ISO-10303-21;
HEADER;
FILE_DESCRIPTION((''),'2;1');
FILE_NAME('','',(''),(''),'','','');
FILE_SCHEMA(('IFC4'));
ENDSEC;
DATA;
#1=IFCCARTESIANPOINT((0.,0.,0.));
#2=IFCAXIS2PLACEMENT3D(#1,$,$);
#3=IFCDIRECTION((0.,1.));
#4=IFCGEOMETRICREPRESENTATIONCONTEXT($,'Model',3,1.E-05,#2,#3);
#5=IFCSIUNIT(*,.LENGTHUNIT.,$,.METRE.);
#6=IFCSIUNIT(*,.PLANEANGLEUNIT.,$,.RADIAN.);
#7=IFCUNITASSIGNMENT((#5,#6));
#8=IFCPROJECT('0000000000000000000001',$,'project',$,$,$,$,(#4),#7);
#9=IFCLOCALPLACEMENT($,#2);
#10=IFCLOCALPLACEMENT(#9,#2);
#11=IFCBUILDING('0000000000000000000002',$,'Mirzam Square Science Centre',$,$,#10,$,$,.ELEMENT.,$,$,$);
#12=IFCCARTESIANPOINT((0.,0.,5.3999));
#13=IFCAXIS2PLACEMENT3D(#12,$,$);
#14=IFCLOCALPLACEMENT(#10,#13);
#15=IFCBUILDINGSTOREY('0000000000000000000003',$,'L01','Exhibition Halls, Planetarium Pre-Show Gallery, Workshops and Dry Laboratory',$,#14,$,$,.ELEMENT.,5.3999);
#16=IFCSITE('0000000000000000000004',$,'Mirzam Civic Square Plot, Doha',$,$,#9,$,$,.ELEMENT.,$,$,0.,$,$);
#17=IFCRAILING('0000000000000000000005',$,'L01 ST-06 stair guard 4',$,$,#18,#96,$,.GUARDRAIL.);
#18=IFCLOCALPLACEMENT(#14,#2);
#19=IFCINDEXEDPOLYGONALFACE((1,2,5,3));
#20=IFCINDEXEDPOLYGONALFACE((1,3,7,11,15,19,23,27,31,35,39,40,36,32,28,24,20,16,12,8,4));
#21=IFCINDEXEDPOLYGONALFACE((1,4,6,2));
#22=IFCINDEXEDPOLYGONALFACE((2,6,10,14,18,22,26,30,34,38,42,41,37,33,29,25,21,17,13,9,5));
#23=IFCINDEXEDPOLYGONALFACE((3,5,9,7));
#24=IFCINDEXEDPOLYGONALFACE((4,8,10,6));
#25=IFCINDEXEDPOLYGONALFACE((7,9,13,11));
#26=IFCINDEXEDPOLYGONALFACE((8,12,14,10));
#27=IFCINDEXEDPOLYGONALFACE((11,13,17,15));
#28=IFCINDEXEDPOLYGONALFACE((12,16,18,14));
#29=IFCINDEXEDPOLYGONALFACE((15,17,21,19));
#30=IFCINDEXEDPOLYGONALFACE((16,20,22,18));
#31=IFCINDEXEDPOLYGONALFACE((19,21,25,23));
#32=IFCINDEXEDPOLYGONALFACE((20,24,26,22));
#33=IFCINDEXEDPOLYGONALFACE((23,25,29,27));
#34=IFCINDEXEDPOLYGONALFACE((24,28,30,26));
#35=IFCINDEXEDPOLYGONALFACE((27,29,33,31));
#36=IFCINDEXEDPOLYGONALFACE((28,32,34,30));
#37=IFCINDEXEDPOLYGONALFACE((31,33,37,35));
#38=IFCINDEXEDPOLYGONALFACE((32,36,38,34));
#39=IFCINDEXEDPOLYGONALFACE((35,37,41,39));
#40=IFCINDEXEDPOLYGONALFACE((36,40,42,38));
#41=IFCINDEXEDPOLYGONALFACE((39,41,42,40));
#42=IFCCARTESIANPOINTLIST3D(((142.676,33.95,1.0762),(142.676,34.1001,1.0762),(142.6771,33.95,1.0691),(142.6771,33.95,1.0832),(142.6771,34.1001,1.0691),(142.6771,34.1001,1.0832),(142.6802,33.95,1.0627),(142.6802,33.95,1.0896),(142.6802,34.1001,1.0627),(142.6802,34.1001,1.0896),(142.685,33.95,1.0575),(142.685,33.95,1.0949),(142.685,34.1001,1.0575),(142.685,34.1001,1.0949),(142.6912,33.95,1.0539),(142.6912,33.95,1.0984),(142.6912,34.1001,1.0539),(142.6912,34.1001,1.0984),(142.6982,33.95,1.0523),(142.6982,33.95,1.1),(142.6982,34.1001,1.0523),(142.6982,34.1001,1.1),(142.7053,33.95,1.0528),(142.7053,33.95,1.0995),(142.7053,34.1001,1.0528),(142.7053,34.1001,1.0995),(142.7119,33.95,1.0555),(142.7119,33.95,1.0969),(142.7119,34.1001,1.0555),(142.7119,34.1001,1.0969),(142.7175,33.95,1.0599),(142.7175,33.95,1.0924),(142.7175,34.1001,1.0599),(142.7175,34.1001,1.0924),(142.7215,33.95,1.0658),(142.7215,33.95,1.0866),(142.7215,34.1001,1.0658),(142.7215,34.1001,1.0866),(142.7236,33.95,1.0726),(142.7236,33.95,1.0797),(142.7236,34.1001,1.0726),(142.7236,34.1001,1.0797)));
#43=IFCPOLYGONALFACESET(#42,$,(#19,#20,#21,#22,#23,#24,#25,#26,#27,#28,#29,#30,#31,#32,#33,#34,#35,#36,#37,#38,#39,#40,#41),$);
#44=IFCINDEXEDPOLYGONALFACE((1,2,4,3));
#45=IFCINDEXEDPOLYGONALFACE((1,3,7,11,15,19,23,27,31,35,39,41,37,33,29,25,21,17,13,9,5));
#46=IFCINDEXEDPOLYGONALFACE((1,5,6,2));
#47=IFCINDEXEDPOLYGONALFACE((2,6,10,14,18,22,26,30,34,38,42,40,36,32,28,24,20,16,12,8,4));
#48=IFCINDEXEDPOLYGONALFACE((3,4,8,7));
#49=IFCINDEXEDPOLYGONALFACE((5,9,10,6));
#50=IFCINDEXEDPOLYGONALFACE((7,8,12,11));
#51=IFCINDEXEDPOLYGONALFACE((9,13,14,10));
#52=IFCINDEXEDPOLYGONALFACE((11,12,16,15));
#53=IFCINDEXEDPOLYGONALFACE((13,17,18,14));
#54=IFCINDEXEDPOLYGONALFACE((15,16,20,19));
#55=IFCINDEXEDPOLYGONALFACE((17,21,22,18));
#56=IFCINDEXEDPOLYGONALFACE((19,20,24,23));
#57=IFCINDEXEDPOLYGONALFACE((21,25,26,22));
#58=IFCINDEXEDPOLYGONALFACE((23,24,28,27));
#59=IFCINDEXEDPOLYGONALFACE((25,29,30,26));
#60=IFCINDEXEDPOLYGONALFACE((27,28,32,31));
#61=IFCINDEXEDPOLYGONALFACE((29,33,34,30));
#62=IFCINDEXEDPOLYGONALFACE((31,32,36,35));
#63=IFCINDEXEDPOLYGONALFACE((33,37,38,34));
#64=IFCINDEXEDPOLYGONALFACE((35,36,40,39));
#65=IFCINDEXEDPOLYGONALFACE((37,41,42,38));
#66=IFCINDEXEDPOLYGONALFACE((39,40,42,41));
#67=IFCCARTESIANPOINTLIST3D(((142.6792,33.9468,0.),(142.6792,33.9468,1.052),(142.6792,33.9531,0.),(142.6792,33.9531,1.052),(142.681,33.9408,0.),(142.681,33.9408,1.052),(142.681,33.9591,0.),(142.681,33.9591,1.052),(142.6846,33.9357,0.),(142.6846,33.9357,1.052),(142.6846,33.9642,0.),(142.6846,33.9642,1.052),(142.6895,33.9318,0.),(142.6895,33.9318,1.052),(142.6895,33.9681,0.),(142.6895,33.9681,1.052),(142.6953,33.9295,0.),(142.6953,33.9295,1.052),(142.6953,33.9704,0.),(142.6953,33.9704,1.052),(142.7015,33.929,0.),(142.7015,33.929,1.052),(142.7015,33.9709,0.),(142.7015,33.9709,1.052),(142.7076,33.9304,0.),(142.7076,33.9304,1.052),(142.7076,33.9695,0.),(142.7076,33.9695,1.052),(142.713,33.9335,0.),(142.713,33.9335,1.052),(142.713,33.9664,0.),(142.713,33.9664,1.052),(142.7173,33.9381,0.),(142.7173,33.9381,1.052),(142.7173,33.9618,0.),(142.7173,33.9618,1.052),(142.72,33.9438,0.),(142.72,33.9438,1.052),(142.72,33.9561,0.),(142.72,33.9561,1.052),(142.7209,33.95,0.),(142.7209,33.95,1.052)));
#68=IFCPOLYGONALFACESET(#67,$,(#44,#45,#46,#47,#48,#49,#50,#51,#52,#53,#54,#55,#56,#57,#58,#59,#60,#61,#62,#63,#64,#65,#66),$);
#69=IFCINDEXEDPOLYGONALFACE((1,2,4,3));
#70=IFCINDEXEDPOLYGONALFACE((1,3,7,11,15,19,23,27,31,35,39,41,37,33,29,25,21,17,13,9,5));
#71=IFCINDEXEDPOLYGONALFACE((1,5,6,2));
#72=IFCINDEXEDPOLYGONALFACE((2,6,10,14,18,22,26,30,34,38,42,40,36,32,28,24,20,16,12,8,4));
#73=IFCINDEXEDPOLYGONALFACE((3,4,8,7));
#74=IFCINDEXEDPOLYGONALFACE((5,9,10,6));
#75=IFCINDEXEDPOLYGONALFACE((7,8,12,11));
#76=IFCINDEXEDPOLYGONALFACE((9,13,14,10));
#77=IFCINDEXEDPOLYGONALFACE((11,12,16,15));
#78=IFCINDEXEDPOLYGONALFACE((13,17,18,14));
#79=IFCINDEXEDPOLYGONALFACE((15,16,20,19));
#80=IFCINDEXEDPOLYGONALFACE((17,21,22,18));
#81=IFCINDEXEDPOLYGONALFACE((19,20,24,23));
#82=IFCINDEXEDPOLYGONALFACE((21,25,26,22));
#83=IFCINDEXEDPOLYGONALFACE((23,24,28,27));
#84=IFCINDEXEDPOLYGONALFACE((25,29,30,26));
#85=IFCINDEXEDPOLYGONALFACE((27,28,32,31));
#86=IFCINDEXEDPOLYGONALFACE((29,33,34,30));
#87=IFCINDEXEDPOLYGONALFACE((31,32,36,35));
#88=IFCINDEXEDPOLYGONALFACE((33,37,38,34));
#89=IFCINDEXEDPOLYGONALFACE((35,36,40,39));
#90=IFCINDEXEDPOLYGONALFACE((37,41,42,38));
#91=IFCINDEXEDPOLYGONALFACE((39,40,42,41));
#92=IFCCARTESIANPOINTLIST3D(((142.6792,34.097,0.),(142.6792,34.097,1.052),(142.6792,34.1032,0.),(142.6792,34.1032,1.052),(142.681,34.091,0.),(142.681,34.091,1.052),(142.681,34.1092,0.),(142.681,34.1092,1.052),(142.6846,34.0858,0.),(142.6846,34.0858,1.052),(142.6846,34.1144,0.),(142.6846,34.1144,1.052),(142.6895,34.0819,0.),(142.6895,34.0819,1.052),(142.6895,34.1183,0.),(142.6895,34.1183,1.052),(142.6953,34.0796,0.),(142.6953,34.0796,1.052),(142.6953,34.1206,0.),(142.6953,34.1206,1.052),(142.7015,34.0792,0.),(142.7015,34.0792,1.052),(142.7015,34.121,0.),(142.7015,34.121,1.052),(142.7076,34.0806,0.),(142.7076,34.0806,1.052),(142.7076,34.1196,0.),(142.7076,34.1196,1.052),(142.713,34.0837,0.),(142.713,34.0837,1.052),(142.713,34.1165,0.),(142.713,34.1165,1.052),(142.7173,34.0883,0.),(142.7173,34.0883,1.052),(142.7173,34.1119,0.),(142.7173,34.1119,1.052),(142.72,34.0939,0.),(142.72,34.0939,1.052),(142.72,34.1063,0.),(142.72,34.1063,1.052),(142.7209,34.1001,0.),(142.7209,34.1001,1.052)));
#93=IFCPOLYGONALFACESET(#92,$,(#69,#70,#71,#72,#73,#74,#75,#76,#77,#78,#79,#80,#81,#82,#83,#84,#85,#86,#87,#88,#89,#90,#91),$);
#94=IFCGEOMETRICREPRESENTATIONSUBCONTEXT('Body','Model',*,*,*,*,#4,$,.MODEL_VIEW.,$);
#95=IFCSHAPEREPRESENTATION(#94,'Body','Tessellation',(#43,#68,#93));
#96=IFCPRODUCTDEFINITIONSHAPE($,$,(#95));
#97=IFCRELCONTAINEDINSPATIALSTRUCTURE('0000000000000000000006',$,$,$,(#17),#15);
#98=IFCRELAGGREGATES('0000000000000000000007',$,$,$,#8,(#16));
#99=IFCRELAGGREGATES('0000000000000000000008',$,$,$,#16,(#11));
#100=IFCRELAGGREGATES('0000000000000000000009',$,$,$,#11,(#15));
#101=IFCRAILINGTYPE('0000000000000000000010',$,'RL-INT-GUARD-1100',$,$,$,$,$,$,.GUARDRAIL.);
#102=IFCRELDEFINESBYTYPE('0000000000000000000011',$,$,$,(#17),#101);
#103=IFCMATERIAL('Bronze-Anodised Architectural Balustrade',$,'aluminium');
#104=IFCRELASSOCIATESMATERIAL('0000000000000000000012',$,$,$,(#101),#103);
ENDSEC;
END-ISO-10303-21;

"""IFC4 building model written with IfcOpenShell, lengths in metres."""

from ifc_helpers import new_model, si_unit, direction, frame, origin, origin_2d, place, context, subcontext, project, spatial, circle, extrude, material, type_object, element, save


model = new_model("IFC4")

# Units and contexts
model_context = context("Model", 3, precision=1e-05, world=origin(), true_north=direction((0.0, 1.0)))
body_context = subcontext(model_context, "Body", "Model", "MODEL_VIEW")
ifc_project = project(units=[si_unit("LENGTHUNIT", "METRE"), si_unit("PLANEANGLEUNIT", "RADIAN")], contexts=[model_context])

# Site, building, storey
site_placement = place(None, origin())
site = spatial("IfcSite", under=ifc_project, at=site_placement, Name="Mirzam Civic Square Plot, Doha", CompositionType="ELEMENT", RefElevation=0.0)
building_placement = place(site_placement, origin())
building = spatial("IfcBuilding", under=site, at=building_placement, Name="Mirzam Square Science Centre", CompositionType="ELEMENT")
storey_placement = place(building_placement, frame((0.0, 0.0, 5.3999)))
storey = spatial("IfcBuildingStorey", under=building, at=storey_placement, Name="L01", Description="Exhibition Halls, Planetarium Pre-Show Gallery, Workshops and Dry Laboratory", CompositionType="ELEMENT", Elevation=5.3999)

# Railing
ifc_material_1 = material(Name="Bronze-Anodised Architectural Balustrade", Category="aluminium")
railing_type_1 = type_object("IfcRailingType", Name="RL-INT-GUARD-1100", PredefinedType="GUARDRAIL", material=ifc_material_1)
railing_1_placement = place(storey_placement, frame((142.7, 33.95, 0.0)))
element("IfcRailing", 1, at=railing_1_placement, inside=storey, type_object=railing_type_1, Name="L01 ST-06 stair guard 4", PredefinedType="GUARDRAIL", context=body_context, shape_type="SweptSolid", body=[
    extrude(circle(Radius=0.0239, at=origin_2d()), frame((0.0, 0.0, 1.0762), z_axis=(0.0, 1.0, 0.0), x_axis=(-1.0, 0.0, 0.0)), (0.0, 0.0, 1.0), 0.1501),
    extrude(circle(Radius=0.021, at=origin_2d()), origin(), (0.0, 0.0, 1.0), 1.052),
    extrude(circle(Radius=0.021, at=origin_2d()), frame((0.0, 0.1501, 0.0)), (0.0, 0.0, 1.0), 1.052),
])

save(model, "model.ifc")
